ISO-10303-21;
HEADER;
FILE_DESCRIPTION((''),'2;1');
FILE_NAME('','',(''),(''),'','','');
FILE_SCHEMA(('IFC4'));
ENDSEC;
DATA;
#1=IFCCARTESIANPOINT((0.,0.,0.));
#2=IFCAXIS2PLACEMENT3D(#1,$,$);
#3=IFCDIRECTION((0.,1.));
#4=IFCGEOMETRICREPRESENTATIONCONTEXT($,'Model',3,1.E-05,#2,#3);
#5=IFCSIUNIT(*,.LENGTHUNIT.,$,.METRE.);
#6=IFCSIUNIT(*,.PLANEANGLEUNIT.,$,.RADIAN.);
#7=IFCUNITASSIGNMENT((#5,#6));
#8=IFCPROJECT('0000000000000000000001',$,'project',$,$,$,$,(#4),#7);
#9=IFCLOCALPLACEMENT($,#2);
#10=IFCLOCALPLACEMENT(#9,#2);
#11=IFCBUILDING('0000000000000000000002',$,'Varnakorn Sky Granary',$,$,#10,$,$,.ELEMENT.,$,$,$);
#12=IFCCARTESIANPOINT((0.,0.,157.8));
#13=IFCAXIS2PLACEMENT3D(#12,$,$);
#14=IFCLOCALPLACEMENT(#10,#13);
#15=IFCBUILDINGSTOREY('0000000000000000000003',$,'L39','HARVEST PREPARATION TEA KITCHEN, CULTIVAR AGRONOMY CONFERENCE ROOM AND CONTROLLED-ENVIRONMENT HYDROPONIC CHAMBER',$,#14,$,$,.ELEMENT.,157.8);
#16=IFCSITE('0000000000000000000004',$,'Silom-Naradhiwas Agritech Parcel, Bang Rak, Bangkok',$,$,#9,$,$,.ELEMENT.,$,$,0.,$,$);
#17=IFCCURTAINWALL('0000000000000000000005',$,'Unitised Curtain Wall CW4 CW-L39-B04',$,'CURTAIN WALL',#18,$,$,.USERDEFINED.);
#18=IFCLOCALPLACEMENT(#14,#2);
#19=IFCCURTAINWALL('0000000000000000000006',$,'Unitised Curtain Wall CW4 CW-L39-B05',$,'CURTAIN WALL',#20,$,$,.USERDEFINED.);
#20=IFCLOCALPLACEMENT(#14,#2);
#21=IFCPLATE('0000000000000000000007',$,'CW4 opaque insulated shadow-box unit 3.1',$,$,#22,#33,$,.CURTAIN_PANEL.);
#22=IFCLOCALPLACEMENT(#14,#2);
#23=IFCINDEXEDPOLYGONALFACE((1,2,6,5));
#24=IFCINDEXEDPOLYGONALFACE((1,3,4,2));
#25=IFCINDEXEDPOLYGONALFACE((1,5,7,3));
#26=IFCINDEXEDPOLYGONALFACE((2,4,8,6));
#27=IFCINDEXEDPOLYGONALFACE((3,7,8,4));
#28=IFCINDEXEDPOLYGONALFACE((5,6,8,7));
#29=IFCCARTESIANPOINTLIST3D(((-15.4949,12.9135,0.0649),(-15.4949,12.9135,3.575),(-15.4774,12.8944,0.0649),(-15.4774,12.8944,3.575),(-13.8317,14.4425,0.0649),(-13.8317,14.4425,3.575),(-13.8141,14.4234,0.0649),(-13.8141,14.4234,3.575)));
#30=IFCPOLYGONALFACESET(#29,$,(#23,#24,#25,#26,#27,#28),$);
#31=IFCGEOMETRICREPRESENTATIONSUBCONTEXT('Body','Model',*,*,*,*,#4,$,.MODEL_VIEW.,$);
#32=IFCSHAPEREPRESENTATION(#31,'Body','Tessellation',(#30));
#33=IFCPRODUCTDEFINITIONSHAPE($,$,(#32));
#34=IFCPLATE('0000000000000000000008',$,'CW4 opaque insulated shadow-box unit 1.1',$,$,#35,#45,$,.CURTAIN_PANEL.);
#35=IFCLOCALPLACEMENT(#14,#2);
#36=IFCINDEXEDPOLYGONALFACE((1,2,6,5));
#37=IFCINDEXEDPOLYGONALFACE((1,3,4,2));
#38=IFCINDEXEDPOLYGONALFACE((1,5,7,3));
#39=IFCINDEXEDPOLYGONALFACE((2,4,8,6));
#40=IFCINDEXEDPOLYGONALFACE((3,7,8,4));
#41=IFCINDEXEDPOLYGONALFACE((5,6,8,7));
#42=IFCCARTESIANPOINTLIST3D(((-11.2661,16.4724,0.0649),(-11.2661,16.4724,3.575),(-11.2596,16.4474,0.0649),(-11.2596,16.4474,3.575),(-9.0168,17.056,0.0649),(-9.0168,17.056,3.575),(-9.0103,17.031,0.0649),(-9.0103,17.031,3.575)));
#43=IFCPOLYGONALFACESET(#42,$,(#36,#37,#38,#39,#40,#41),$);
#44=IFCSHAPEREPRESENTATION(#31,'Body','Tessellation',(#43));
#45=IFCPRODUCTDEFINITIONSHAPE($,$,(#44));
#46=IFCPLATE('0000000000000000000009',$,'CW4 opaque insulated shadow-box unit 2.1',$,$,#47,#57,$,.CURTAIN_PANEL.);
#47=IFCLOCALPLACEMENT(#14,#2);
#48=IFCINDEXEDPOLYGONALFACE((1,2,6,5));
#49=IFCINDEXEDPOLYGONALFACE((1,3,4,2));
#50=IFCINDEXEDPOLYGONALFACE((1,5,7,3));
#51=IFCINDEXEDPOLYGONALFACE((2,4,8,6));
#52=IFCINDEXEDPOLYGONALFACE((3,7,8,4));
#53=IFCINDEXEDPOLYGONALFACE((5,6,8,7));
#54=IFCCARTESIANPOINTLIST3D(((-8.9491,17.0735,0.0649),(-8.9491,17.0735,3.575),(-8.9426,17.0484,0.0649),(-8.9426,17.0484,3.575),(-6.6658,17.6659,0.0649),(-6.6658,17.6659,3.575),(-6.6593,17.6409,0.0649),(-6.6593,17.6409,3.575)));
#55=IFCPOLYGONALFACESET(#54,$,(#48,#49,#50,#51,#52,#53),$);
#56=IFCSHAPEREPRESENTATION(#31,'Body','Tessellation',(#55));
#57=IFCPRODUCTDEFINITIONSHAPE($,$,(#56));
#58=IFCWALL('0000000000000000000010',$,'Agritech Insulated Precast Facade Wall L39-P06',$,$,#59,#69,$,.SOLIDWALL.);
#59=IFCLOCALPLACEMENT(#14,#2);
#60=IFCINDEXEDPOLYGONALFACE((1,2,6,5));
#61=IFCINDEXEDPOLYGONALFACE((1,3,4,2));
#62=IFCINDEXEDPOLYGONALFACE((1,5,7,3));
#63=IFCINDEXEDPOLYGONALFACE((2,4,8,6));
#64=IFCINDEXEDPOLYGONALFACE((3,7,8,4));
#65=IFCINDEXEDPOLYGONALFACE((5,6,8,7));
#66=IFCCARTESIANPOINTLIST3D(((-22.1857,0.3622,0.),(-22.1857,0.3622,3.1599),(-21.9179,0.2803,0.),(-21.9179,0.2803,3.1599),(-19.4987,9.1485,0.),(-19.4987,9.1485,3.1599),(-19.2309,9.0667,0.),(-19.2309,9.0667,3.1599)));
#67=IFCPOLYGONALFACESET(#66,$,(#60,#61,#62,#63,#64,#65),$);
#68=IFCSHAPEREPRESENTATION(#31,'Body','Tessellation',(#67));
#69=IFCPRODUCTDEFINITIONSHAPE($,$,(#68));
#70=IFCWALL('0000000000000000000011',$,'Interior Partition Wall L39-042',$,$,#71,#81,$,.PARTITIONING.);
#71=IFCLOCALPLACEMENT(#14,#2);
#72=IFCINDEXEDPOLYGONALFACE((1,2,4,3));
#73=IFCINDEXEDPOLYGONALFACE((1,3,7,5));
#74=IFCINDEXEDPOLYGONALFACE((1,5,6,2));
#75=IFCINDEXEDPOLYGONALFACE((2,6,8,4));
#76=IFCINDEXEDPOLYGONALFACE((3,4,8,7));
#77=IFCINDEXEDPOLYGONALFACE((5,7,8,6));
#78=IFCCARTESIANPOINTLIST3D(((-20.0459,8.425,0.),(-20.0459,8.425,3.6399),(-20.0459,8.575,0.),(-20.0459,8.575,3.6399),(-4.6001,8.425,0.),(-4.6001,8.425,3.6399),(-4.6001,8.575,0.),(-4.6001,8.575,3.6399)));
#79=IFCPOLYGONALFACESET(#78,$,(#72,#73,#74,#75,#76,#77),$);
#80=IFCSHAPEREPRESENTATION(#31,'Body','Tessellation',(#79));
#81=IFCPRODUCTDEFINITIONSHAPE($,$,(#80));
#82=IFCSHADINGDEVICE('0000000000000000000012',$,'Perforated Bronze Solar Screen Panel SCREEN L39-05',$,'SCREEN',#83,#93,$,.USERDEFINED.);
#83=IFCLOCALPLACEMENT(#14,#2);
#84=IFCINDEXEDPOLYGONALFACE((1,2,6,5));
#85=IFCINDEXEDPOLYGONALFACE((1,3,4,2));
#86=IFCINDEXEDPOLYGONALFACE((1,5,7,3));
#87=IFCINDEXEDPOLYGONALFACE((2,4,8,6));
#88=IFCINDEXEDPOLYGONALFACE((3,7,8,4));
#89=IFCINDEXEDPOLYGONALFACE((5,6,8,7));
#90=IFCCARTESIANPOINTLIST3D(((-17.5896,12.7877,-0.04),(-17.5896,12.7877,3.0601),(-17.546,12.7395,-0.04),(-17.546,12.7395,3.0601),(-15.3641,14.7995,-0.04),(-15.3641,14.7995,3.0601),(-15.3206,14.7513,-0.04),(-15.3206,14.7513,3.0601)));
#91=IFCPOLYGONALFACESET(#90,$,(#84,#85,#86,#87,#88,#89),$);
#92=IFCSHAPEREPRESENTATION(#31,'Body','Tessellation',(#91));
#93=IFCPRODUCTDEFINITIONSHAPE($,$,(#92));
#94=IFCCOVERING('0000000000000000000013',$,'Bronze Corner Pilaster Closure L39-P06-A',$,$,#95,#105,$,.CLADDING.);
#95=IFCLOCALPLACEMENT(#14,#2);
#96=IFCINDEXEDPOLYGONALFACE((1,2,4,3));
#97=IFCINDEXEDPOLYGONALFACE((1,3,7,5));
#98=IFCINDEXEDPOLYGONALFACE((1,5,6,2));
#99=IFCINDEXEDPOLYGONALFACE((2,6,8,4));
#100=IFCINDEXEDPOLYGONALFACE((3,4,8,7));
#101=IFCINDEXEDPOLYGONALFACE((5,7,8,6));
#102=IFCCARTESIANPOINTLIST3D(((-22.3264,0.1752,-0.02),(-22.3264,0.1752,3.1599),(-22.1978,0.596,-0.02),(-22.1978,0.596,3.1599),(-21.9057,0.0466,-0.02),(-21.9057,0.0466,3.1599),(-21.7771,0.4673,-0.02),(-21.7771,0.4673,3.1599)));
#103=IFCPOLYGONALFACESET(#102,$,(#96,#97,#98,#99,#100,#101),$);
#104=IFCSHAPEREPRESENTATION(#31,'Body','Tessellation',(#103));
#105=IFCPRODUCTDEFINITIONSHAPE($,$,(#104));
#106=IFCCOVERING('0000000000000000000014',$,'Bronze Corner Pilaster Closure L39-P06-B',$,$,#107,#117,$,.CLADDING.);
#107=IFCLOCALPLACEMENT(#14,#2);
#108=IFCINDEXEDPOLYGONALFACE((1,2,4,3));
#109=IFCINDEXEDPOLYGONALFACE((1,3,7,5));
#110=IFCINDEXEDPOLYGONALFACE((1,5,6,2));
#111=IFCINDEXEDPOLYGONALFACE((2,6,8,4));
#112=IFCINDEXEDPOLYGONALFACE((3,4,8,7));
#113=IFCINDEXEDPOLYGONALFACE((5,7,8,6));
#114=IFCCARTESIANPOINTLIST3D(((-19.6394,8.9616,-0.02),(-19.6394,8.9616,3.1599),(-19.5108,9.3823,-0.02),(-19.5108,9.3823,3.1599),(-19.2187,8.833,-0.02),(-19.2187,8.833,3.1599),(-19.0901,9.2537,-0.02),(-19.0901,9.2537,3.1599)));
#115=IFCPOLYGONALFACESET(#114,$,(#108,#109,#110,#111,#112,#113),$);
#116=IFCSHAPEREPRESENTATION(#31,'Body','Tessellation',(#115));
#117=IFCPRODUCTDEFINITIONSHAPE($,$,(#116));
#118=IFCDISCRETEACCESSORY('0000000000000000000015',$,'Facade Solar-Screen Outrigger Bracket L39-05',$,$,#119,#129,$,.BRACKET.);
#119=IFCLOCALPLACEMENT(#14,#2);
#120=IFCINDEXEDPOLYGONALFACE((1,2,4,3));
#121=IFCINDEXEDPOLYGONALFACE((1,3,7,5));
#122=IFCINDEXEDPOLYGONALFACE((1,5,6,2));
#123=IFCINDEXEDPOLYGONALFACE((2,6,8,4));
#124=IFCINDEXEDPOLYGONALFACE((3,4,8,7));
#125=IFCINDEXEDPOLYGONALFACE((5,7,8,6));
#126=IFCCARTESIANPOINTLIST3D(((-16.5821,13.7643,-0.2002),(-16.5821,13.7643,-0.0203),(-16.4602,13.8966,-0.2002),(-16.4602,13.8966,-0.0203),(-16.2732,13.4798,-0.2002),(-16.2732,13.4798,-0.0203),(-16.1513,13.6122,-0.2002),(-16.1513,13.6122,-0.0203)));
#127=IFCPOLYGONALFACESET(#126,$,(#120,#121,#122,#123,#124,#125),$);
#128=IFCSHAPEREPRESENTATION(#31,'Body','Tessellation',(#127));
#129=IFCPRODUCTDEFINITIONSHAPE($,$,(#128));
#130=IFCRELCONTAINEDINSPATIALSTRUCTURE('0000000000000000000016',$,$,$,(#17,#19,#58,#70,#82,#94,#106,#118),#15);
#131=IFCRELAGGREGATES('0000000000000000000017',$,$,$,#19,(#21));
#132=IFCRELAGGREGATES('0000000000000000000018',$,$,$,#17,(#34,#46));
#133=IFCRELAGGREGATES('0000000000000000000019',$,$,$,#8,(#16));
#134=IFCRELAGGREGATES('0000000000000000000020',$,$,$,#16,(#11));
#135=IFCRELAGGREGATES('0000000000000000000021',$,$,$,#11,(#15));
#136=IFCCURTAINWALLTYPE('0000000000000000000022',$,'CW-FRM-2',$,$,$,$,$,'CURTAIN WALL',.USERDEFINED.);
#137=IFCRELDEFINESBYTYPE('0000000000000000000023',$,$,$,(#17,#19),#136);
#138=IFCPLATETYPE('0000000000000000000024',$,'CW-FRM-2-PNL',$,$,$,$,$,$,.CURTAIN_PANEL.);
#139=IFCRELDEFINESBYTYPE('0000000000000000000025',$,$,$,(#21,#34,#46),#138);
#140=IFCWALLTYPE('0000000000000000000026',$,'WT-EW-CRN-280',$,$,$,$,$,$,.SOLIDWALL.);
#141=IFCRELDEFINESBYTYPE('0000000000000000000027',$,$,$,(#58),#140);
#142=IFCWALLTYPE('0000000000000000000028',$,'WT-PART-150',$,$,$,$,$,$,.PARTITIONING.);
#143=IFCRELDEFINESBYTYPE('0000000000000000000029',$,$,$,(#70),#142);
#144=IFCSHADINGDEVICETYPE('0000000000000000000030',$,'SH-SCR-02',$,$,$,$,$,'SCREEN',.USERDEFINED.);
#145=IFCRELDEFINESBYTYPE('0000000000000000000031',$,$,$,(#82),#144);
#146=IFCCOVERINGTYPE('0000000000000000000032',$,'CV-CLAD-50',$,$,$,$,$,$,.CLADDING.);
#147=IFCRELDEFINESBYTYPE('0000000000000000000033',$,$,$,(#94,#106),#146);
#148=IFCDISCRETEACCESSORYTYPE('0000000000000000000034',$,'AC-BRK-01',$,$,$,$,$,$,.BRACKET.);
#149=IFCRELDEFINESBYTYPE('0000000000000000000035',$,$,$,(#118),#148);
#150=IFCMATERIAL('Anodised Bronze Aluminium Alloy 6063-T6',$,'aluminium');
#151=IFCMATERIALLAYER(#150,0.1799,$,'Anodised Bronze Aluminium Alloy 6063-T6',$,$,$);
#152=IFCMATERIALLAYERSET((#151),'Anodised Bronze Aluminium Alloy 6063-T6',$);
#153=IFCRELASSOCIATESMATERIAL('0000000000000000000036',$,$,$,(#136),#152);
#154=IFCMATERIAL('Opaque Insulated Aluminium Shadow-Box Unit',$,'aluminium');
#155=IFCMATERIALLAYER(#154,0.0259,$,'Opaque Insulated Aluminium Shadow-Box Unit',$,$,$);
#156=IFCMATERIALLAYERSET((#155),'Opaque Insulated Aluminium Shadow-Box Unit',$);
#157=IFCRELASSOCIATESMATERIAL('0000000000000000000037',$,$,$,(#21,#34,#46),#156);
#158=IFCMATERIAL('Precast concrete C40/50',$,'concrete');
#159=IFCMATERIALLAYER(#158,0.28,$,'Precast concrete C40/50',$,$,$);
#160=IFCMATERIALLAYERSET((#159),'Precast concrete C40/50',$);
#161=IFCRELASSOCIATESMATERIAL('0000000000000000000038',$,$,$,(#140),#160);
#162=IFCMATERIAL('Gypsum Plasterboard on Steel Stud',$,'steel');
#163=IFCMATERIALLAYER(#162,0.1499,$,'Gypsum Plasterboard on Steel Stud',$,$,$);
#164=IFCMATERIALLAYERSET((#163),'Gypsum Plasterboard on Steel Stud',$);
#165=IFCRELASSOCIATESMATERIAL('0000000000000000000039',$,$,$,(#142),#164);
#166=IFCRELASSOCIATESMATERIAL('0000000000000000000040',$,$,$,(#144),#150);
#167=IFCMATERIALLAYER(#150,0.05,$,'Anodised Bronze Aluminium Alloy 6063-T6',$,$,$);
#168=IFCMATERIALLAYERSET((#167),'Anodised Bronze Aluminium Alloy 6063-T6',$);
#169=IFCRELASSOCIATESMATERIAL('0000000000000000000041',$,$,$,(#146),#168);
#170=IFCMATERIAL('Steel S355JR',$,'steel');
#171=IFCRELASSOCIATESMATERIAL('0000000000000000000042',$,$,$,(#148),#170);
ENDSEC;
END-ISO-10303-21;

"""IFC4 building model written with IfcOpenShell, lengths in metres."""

from ifc_helpers import new_model, si_unit, direction, frame, frame_2d, origin, origin_2d, place, context, subcontext, project, spatial, rectangle, extrude, source, transform, mapped, material, layer, layer_set, type_object, type_shapes, element, aggregate, save


model = new_model("IFC4")

# Units and contexts
model_context = context("Model", 3, precision=1e-05, world=origin(), true_north=direction((0.0, 1.0)))
body_context = subcontext(model_context, "Body", "Model", "MODEL_VIEW")
ifc_project = project(units=[si_unit("LENGTHUNIT", "METRE"), si_unit("PLANEANGLEUNIT", "RADIAN")], contexts=[model_context])

# Site, building, storey
site_placement = place(None, origin())
site = spatial("IfcSite", under=ifc_project, at=site_placement, Name="Silom-Naradhiwas Agritech Parcel, Bang Rak, Bangkok", CompositionType="ELEMENT", RefElevation=0.0)
building_placement = place(site_placement, origin())
building = spatial("IfcBuilding", under=site, at=building_placement, Name="Varnakorn Sky Granary", CompositionType="ELEMENT")
storey_placement = place(building_placement, frame((0.0, 0.0, 157.8)))
storey = spatial("IfcBuildingStorey", under=building, at=storey_placement, Name="L39", Description="HARVEST PREPARATION TEA KITCHEN, CULTIVAR AGRONOMY CONFERENCE ROOM AND CONTROLLED-ENVIRONMENT HYDROPONIC CHAMBER", CompositionType="ELEMENT", Elevation=157.8)

# Shared definitions
ifc_material_1 = material(Name="Steel S355JR", Category="steel")

# Curtain walls
ifc_material_2 = material(Name="Anodised Bronze Aluminium Alloy 6063-T6", Category="aluminium")
ifc_layer_1 = layer(ifc_material_2, 0.1799, Name="Anodised Bronze Aluminium Alloy 6063-T6")
ifc_layer_set_1 = layer_set([ifc_layer_1], Name="Anodised Bronze Aluminium Alloy 6063-T6")
curtain_wall_type = type_object("IfcCurtainWallType", Name="CW-FRM-2", ElementType="CURTAIN WALL", PredefinedType="USERDEFINED", material=ifc_layer_set_1)
curtain_wall_1_placement = place(storey_placement, origin())
curtain_wall_1 = element("IfcCurtainWall", 1, at=curtain_wall_1_placement, inside=storey, type_object=curtain_wall_type, Name="Unitised Curtain Wall CW4 CW-L39-B04", ObjectType="CURTAIN WALL", PredefinedType="USERDEFINED")
curtain_wall_2_placement = place(storey_placement, origin())
curtain_wall_2 = element("IfcCurtainWall", 2, at=curtain_wall_2_placement, inside=storey, type_object=curtain_wall_type, Name="Unitised Curtain Wall CW4 CW-L39-B05", ObjectType="CURTAIN WALL", PredefinedType="USERDEFINED")

# Plates
plate_type_1 = type_object("IfcPlateType", Name="CW-FRM-2-PNL", PredefinedType="CURTAIN_PANEL")
ifc_material_3 = material(Name="Opaque Insulated Aluminium Shadow-Box Unit", Category="aluminium")
ifc_layer_2 = layer(ifc_material_3, 0.0259, Name="Opaque Insulated Aluminium Shadow-Box Unit")
ifc_layer_set_2 = layer_set([ifc_layer_2], Name="Opaque Insulated Aluminium Shadow-Box Unit")
shared_shape_1 = source(origin(), body_context, "Body", "SweptSolid", [
    extrude(rectangle(XDim=2.2593, YDim=0.0259, at=origin_2d()), origin(), (0.0, 0.0, 1.0), 3.51),
])
plate_1_placement = place(storey_placement, frame((-14.6545, 13.6685, 0.0649), z_axis=(0.0, 0.0, 1.0), x_axis=(0.736205, 0.676758, 0.0)))
plate_1 = element("IfcPlate", 3, at=plate_1_placement, type_object=plate_type_1, material=ifc_layer_set_2, Name="CW4 opaque insulated shadow-box unit 3.1", PredefinedType="CURTAIN_PANEL", context=body_context, shape_type="MappedRepresentation", body=[
    mapped(shared_shape_1, transform((0.0, 0.0, 0.0), x_axis=(1.0, 0.0, 0.0), y_axis=(0.0, 1.0, 0.0), z_axis=(0.0, 0.0, 1.0), scale=1.0)),
])
aggregate(curtain_wall_2, [plate_1])
shared_shape_2 = source(origin(), body_context, "Body", "SweptSolid", [
    extrude(rectangle(XDim=2.3237, YDim=0.0259, at=origin_2d()), origin(), (0.0, 0.0, 1.0), 3.51),
])
plate_2_placement = place(storey_placement, frame((-10.1382, 16.7517, 0.0649), z_axis=(0.0, 0.0, 1.0), x_axis=(0.967949, 0.251146, 0.0)))
plate_2 = element("IfcPlate", 4, at=plate_2_placement, type_object=plate_type_1, material=ifc_layer_set_2, Name="CW4 opaque insulated shadow-box unit 1.1", PredefinedType="CURTAIN_PANEL", context=body_context, shape_type="MappedRepresentation", body=[
    mapped(shared_shape_2, transform((0.0, 0.0, 0.0), x_axis=(1.0, 0.0, 0.0), y_axis=(0.0, 1.0, 0.0), z_axis=(0.0, 0.0, 1.0), scale=1.0)),
])
shared_shape_3 = source(origin(), body_context, "Body", "SweptSolid", [
    extrude(rectangle(XDim=2.3589, YDim=0.0259, at=origin_2d()), origin(), (0.0, 0.0, 1.0), 3.51),
])
plate_3_placement = place(storey_placement, frame((-7.8042, 17.3572, 0.0649), z_axis=(0.0, 0.0, 1.0), x_axis=(0.967949, 0.251146, 0.0)))
plate_3 = element("IfcPlate", 5, at=plate_3_placement, type_object=plate_type_1, material=ifc_layer_set_2, Name="CW4 opaque insulated shadow-box unit 2.1", PredefinedType="CURTAIN_PANEL", context=body_context, shape_type="MappedRepresentation", body=[
    mapped(shared_shape_3, transform((0.0, 0.0, 0.0), x_axis=(1.0, 0.0, 0.0), y_axis=(0.0, 1.0, 0.0), z_axis=(0.0, 0.0, 1.0), scale=1.0)),
])
aggregate(curtain_wall_1, [plate_2, plate_3])

# Walls
ifc_material_4 = material(Name="Precast concrete C40/50", Category="concrete")
ifc_layer_3 = layer(ifc_material_4, 0.28, Name="Precast concrete C40/50")
ifc_layer_set_3 = layer_set([ifc_layer_3], Name="Precast concrete C40/50")
wall_type_1 = type_object("IfcWallType", Name="WT-EW-CRN-280", PredefinedType="SOLIDWALL", material=ifc_layer_set_3)
wall_1_placement = place(storey_placement, frame((-22.0518, 0.3213, 0.0), z_axis=(0.0, 0.0, 1.0), x_axis=(0.292446, 0.956282, 0.0)))
element("IfcWall", 6, at=wall_1_placement, inside=storey, type_object=wall_type_1, Name="Agritech Insulated Precast Facade Wall L39-P06", PredefinedType="SOLIDWALL", context=body_context, shape_type="SweptSolid", body=[
    extrude(rectangle(XDim=9.188, YDim=0.28, at=frame_2d((4.594, 0.0))), origin(), (0.0, 0.0, 1.0), 3.1599),
])
ifc_material_5 = material(Name="Gypsum Plasterboard on Steel Stud", Category="steel")
ifc_layer_4 = layer(ifc_material_5, 0.1499, Name="Gypsum Plasterboard on Steel Stud")
ifc_layer_set_4 = layer_set([ifc_layer_4], Name="Gypsum Plasterboard on Steel Stud")
wall_type_2 = type_object("IfcWallType", Name="WT-PART-150", PredefinedType="PARTITIONING", material=ifc_layer_set_4)
wall_2_placement = place(storey_placement, frame((-20.0459, 8.5, 0.0), z_axis=(0.0, 0.0, 1.0), x_axis=(1.0, 0.0, 0.0)))
element("IfcWall", 7, at=wall_2_placement, inside=storey, type_object=wall_type_2, Name="Interior Partition Wall L39-042", PredefinedType="PARTITIONING", context=body_context, shape_type="SweptSolid", body=[
    extrude(rectangle(XDim=15.4458, YDim=0.1499, at=frame_2d((7.7229, 0.0))), origin(), (0.0, 0.0, 1.0), 3.6399),
])

# Shading device
shading_device_type = type_object("IfcShadingDeviceType", Name="SH-SCR-02", ElementType="SCREEN", PredefinedType="USERDEFINED", material=ifc_material_2)
shared_shape_4 = source(origin(), body_context, "Body", "SweptSolid", [
    extrude(rectangle(XDim=3.0, YDim=0.0649, at=origin_2d()), origin(), (0.0, 0.0, 1.0), 3.1001),
])
type_shapes(shading_device_type, [shared_shape_4])
shading_device_placement = place(storey_placement, frame((-16.4551, 13.7695, -0.04), z_axis=(0.0, 0.0, 1.0), x_axis=(-0.741818, -0.670602, 0.0)))
element("IfcShadingDevice", 8, at=shading_device_placement, inside=storey, type_object=shading_device_type, Name="Perforated Bronze Solar Screen Panel SCREEN L39-05", ObjectType="SCREEN", PredefinedType="USERDEFINED", context=body_context, shape_type="MappedRepresentation", body=[
    mapped(shared_shape_4, transform((0.0, 0.0, 0.0), x_axis=(1.0, 0.0, 0.0), y_axis=(0.0, 1.0, 0.0), z_axis=(0.0, 0.0, 1.0), scale=1.0)),
])

# Coverings
ifc_layer_5 = layer(ifc_material_2, 0.05, Name="Anodised Bronze Aluminium Alloy 6063-T6")
ifc_layer_set_5 = layer_set([ifc_layer_5], Name="Anodised Bronze Aluminium Alloy 6063-T6")
covering_type = type_object("IfcCoveringType", Name="CV-CLAD-50", PredefinedType="CLADDING", material=ifc_layer_set_5)
shared_shape_5 = source(origin(), body_context, "Body", "SweptSolid", [
    extrude(rectangle(XDim=0.4399, YDim=0.4399, at=origin_2d()), origin(), (0.0, 0.0, 1.0), 3.1799),
])
type_shapes(covering_type, [shared_shape_5])
for number, where, z_axis, x_axis, name in (
    (9, (-22.0518, 0.3213, -0.02), (0.0, 0.0, 1.0), (0.292372, 0.956305, 0.0), "Bronze Corner Pilaster Closure L39-P06-A"),
    (10, (-19.3647, 9.1077, -0.02), (0.0, 0.0, 1.0), (0.292372, 0.956305, 0.0), "Bronze Corner Pilaster Closure L39-P06-B"),
):
    element("IfcCovering", number, at=place(storey_placement, frame(where, z_axis=z_axis, x_axis=x_axis)), inside=storey, type_object=covering_type, Name=name, PredefinedType="CLADDING", context=body_context, shape_type="MappedRepresentation", body=[
        mapped(shared_shape_5, transform((0.0, 0.0, 0.0), x_axis=(1.0, 0.0, 0.0), y_axis=(0.0, 1.0, 0.0), z_axis=(0.0, 0.0, 1.0), scale=1.0)),
    ])

# Discrete accessory
discrete_accessory_type = type_object("IfcDiscreteAccessoryType", Name="AC-BRK-01", PredefinedType="BRACKET", material=ifc_material_1)
shared_shape_6 = source(origin(), body_context, "Body", "SweptSolid", [
    extrude(rectangle(XDim=0.1799, YDim=0.4199, at=origin_2d()), origin(), (0.0, 0.0, 1.0), 0.1799),
])
type_shapes(discrete_accessory_type, [shared_shape_6])
discrete_accessory_placement = place(storey_placement, frame((-16.3667, 13.6882, -0.2002), z_axis=(0.0, 0.0, 1.0), x_axis=(-0.677344, -0.735666, 0.0)))
element("IfcDiscreteAccessory", 11, at=discrete_accessory_placement, inside=storey, type_object=discrete_accessory_type, Name="Facade Solar-Screen Outrigger Bracket L39-05", PredefinedType="BRACKET", context=body_context, shape_type="MappedRepresentation", body=[
    mapped(shared_shape_6, transform((0.0, 0.0, 0.0), x_axis=(1.0, 0.0, 0.0), y_axis=(0.0, 1.0, 0.0), z_axis=(0.0, 0.0, 1.0), scale=1.0)),
])

save(model, "model.ifc")
